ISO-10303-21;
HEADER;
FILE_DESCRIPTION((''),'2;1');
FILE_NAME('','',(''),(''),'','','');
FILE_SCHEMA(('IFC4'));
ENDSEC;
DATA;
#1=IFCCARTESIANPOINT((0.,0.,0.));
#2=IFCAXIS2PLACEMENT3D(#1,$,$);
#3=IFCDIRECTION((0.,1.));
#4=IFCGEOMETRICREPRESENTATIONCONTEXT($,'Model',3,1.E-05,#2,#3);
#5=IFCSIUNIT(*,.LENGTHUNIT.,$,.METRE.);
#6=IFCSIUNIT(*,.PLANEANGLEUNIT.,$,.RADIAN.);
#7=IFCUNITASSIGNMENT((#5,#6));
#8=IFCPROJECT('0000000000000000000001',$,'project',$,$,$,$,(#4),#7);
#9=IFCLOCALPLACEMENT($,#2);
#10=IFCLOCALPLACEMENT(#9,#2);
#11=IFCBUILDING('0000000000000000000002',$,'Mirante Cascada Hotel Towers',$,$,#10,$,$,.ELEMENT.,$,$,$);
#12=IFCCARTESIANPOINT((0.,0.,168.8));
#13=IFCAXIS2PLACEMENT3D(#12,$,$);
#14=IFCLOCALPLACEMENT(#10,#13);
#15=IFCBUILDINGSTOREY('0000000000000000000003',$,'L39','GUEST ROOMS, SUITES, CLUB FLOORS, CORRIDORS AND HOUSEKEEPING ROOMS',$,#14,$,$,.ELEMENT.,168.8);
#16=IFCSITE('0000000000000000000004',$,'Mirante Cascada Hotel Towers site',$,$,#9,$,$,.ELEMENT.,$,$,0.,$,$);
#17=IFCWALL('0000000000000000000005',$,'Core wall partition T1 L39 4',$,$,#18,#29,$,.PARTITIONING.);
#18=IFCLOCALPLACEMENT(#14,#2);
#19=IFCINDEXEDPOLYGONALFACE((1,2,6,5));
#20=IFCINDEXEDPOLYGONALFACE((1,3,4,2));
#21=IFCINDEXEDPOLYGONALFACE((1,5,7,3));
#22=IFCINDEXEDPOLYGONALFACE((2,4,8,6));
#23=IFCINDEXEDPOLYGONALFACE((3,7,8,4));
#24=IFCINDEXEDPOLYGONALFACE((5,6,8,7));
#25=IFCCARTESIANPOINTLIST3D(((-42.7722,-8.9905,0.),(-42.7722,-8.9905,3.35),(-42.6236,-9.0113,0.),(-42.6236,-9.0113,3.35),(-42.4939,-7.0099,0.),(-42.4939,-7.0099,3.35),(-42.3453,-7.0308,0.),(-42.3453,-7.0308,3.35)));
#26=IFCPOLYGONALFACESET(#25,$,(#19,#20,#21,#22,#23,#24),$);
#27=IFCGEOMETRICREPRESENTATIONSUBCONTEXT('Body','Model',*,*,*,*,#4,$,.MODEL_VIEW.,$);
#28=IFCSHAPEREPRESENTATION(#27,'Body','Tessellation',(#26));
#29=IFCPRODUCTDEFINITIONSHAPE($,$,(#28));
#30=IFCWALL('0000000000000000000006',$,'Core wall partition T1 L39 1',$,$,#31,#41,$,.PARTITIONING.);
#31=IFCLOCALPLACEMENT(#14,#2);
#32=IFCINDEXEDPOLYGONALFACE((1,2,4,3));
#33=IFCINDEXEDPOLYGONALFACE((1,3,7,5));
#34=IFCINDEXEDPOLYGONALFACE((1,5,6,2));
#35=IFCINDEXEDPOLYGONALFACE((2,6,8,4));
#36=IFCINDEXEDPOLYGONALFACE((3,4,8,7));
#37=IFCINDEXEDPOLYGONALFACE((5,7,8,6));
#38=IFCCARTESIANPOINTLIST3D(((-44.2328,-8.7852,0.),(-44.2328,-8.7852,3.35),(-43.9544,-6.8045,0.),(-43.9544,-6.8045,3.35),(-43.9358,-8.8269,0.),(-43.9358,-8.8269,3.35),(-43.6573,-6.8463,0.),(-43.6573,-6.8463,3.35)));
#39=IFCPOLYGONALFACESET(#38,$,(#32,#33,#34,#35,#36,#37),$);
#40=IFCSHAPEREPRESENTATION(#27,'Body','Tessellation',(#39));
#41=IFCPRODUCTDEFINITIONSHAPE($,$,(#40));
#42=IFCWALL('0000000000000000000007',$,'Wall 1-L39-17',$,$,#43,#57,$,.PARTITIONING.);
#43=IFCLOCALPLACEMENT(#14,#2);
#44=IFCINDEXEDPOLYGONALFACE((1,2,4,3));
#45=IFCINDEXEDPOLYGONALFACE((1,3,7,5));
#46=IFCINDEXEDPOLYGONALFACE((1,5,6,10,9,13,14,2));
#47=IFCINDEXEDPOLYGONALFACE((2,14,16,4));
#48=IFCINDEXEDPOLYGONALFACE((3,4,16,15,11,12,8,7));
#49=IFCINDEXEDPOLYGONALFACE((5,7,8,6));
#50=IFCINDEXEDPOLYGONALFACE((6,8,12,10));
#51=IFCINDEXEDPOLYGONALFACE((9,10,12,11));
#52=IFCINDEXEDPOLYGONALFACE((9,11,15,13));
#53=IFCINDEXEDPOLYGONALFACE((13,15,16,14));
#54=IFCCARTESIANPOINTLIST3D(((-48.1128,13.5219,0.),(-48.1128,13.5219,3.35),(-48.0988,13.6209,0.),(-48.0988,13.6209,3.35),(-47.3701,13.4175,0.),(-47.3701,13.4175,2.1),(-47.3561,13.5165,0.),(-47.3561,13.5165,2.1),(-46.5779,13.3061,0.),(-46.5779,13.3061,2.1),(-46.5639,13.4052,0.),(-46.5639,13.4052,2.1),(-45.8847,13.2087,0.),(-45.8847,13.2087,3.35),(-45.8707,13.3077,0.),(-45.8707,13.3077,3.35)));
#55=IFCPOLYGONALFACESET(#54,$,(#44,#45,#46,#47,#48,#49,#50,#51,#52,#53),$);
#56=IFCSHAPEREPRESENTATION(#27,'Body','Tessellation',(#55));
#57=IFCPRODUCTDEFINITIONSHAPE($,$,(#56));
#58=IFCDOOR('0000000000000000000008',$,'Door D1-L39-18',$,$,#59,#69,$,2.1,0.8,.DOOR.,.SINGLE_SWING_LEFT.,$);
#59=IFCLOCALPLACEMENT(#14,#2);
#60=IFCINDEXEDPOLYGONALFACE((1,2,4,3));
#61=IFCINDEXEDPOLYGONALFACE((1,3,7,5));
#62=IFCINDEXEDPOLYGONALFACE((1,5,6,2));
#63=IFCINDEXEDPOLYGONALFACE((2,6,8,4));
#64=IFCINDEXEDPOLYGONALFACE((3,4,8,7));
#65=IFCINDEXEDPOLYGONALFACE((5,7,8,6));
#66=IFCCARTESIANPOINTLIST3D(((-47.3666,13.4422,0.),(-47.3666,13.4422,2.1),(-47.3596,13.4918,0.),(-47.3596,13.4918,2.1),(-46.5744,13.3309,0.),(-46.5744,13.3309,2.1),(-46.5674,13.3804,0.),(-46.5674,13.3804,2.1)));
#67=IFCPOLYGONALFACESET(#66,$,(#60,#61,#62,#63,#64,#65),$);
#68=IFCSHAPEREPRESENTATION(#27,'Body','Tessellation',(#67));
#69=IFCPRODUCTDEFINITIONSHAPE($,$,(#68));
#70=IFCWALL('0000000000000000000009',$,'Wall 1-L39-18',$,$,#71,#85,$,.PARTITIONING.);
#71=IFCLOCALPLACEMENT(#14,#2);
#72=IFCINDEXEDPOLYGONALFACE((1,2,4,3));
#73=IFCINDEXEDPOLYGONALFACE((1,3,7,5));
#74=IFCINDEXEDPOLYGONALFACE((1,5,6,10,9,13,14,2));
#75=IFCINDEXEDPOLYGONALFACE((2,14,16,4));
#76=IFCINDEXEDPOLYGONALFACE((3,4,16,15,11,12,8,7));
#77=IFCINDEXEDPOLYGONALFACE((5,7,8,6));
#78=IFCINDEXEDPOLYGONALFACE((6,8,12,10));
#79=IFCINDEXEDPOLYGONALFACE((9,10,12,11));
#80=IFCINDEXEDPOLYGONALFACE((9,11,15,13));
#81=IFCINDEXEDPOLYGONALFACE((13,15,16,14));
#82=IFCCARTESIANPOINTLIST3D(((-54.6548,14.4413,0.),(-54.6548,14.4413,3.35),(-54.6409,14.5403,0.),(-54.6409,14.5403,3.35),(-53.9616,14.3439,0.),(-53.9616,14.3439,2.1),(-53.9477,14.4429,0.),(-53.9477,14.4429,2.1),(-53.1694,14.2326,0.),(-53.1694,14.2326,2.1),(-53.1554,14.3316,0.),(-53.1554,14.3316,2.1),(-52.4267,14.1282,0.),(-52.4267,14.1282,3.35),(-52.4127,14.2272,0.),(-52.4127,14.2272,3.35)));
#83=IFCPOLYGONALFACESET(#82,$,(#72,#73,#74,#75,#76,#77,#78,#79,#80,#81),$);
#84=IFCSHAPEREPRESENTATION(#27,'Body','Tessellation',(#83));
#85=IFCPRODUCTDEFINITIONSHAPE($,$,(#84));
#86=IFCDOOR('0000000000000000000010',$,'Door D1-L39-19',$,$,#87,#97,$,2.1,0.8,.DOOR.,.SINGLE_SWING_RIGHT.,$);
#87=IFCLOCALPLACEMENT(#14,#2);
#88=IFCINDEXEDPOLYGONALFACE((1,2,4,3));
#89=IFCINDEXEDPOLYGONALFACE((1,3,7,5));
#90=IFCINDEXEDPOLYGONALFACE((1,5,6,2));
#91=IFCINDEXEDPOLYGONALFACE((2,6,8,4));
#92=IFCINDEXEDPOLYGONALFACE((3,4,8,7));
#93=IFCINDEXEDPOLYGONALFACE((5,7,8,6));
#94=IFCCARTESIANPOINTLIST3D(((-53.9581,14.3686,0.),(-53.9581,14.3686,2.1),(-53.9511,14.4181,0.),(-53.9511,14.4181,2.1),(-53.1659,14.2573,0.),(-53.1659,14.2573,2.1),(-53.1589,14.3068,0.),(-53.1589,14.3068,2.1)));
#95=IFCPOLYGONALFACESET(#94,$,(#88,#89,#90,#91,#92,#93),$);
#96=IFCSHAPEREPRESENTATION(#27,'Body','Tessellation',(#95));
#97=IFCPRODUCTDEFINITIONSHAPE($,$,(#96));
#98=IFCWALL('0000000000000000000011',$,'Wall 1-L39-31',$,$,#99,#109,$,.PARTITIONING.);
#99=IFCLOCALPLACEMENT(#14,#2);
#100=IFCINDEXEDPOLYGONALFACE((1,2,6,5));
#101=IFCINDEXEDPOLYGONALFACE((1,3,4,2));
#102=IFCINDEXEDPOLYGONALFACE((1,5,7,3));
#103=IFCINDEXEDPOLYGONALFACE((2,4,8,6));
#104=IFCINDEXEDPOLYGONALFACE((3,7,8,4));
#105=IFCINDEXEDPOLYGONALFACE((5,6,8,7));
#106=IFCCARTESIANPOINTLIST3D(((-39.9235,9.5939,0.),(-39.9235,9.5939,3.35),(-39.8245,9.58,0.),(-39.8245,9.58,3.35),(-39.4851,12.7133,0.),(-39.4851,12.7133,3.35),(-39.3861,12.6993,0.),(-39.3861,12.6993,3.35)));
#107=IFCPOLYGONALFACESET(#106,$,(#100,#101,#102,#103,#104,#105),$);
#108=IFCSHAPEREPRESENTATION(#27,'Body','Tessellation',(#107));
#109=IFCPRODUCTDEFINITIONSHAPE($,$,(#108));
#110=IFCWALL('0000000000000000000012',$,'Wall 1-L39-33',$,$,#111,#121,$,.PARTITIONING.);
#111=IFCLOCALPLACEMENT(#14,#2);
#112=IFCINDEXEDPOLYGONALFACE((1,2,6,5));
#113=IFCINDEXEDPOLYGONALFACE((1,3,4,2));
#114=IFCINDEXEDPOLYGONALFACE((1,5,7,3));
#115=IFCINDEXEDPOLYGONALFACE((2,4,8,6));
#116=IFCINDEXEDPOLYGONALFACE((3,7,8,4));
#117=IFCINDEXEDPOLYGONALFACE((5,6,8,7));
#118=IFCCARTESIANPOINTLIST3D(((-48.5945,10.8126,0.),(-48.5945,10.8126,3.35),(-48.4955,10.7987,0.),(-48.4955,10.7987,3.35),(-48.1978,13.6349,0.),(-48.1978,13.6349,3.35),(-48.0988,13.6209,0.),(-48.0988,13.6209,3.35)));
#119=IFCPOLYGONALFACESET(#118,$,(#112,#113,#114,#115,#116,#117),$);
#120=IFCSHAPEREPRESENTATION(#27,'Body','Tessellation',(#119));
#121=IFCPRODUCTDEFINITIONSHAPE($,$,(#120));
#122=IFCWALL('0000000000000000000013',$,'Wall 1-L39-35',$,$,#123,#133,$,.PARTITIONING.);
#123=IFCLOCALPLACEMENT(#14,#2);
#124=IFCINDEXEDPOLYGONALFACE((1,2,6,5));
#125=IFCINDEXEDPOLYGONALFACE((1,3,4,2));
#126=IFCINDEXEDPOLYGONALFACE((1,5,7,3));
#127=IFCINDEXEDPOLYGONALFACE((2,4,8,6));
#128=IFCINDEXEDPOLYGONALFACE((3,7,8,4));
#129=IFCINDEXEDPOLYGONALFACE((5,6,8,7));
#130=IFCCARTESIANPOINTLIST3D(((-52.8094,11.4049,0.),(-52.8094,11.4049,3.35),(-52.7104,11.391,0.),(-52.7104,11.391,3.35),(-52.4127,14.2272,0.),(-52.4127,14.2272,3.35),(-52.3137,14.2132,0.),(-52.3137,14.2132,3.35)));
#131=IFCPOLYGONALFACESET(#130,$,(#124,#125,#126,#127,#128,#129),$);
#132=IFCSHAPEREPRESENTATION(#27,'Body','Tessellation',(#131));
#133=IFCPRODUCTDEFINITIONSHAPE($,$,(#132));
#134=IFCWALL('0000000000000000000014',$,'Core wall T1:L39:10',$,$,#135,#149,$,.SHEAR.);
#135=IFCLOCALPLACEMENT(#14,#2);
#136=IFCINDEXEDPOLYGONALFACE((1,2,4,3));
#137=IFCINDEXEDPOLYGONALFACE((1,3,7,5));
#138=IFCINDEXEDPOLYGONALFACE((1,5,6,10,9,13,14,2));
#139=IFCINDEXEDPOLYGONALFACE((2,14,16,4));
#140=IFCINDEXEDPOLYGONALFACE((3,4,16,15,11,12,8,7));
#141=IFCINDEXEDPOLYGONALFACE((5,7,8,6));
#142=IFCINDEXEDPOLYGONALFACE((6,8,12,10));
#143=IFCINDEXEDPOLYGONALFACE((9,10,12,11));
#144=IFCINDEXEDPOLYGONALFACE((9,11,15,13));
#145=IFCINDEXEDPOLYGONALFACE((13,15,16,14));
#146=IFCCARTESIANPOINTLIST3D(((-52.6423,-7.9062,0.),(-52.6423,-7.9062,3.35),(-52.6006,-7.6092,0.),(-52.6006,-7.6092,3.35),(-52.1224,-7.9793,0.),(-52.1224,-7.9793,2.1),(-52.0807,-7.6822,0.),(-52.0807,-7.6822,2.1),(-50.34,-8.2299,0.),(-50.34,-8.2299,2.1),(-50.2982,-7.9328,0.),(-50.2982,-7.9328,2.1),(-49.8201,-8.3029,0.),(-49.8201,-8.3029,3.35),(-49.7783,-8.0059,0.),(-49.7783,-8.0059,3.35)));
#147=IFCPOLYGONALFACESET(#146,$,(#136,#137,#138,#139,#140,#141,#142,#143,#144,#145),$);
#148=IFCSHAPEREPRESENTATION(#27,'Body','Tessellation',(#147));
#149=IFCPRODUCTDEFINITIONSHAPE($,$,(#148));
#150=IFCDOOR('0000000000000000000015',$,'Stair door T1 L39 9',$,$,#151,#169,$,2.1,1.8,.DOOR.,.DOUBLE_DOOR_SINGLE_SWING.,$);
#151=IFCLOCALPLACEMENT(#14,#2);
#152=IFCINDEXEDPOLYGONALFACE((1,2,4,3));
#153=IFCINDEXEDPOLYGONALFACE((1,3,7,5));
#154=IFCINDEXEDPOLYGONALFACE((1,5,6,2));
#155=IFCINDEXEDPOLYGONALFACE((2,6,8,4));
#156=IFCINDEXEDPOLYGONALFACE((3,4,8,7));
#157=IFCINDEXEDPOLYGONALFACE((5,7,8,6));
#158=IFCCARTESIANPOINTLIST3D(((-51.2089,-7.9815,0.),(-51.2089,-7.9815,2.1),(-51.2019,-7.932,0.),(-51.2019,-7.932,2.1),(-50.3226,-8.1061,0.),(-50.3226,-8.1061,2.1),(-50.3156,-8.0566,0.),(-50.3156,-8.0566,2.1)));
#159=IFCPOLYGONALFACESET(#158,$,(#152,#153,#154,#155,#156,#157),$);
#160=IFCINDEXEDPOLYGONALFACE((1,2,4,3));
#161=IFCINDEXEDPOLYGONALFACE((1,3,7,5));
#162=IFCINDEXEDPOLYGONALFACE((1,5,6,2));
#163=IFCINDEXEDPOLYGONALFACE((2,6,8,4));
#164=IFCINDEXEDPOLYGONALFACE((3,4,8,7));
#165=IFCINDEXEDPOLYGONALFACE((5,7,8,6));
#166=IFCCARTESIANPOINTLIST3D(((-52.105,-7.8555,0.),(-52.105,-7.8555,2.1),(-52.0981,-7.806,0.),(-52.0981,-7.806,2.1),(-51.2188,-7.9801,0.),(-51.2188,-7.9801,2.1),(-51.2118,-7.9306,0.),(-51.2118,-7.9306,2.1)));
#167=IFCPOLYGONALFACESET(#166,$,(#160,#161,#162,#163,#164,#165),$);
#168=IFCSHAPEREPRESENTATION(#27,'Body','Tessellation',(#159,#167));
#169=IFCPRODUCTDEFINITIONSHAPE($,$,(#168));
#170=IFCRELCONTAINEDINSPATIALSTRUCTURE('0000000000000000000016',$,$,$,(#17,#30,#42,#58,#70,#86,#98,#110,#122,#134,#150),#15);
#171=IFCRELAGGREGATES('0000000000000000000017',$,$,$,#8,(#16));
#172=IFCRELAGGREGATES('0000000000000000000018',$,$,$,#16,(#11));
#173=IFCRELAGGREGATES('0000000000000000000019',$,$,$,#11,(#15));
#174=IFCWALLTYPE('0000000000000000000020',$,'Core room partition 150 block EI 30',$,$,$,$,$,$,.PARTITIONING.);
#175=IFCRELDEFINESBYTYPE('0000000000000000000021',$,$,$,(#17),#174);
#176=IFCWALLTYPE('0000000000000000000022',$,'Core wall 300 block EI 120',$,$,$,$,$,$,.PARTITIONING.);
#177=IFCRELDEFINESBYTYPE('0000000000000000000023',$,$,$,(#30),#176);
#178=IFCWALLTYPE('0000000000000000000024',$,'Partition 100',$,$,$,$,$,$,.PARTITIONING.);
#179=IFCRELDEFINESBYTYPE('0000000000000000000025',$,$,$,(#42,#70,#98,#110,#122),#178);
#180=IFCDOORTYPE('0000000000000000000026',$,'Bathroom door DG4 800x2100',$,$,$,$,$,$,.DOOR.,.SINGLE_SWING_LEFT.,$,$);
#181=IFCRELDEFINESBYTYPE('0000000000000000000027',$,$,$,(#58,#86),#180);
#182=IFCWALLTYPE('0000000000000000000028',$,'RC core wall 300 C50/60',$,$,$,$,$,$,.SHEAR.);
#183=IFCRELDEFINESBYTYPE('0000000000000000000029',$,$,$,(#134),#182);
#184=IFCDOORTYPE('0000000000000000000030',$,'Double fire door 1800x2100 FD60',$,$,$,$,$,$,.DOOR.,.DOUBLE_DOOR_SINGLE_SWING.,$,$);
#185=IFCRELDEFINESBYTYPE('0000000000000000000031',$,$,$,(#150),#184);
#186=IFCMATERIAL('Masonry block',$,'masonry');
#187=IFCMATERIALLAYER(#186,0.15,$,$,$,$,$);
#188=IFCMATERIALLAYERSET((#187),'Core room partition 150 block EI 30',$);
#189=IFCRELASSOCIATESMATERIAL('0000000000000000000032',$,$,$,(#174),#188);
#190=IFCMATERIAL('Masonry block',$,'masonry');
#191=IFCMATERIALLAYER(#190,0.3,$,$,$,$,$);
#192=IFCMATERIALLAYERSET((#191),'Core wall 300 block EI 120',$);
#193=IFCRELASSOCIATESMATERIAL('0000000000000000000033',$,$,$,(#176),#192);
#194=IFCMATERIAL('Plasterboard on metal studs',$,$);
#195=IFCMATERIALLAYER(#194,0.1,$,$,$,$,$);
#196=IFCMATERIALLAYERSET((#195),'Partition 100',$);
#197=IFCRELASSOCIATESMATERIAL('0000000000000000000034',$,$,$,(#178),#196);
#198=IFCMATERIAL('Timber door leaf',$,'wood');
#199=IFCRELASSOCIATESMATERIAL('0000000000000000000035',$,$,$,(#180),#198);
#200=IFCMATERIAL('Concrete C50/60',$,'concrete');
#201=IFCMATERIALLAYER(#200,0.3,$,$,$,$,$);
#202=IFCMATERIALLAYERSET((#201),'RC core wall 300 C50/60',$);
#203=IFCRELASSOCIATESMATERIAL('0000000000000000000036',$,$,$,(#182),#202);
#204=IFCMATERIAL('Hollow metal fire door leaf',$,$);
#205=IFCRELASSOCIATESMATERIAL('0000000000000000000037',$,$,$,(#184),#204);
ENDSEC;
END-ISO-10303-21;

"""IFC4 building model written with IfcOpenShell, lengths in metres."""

from ifc_helpers import new_model, si_unit, direction, frame, frame_2d, origin, place, context, subcontext, project, spatial, rectangle, extrude, material, layer, layer_set, type_object, element, fill, save


model = new_model("IFC4")

# Units and contexts
model_context = context("Model", 3, precision=1e-05, world=origin(), true_north=direction((0.0, 1.0)))
body_context = subcontext(model_context, "Body", "Model", "MODEL_VIEW")
ifc_project = project(units=[si_unit("LENGTHUNIT", "METRE"), si_unit("PLANEANGLEUNIT", "RADIAN")], contexts=[model_context])

# Site, building, storey
site_placement = place(None, origin())
site = spatial("IfcSite", under=ifc_project, at=site_placement, Name="Mirante Cascada Hotel Towers site", CompositionType="ELEMENT", RefElevation=0.0)
building_placement = place(site_placement, origin())
building = spatial("IfcBuilding", under=site, at=building_placement, Name="Mirante Cascada Hotel Towers", CompositionType="ELEMENT")
storey_placement = place(building_placement, frame((0.0, 0.0, 168.8)))
storey = spatial("IfcBuildingStorey", under=building, at=storey_placement, Name="L39", Description="GUEST ROOMS, SUITES, CLUB FLOORS, CORRIDORS AND HOUSEKEEPING ROOMS", CompositionType="ELEMENT", Elevation=168.8)

# Walls
ifc_material_1 = material(Name="Masonry block", Category="masonry")
ifc_layer_1 = layer(ifc_material_1, 0.15)
ifc_layer_set_1 = layer_set([ifc_layer_1], Name="Core room partition 150 block EI 30")
wall_type_1 = type_object("IfcWallType", Name="Core room partition 150 block EI 30", PredefinedType="PARTITIONING", material=ifc_layer_set_1)
wall_1_placement = place(storey_placement, frame((-42.6979, -9.0009, 0.0), z_axis=(0.0, 0.0, 1.0), x_axis=(0.139153, 0.990271, 0.0)))
element("IfcWall", 1, at=wall_1_placement, inside=storey, type_object=wall_type_1, Name="Core wall partition T1 L39 4", PredefinedType="PARTITIONING", context=body_context, shape_type="SweptSolid", body=[
    extrude(rectangle(XDim=2.0, YDim=0.15, at=frame_2d((1.0, 0.0))), origin(), (0.0, 0.0, 1.0), 3.35),
])
ifc_material_2 = material(Name="Masonry block", Category="masonry")
ifc_layer_2 = layer(ifc_material_2, 0.3)
ifc_layer_set_2 = layer_set([ifc_layer_2], Name="Core wall 300 block EI 120")
wall_type_2 = type_object("IfcWallType", Name="Core wall 300 block EI 120", PredefinedType="PARTITIONING", material=ifc_layer_set_2)
wall_2_placement = place(storey_placement, frame((-44.0843, -8.8061, 0.0), z_axis=(0.0, 0.0, 1.0), x_axis=(0.139195, 0.990265, 0.0)))
element("IfcWall", 2, at=wall_2_placement, inside=storey, type_object=wall_type_2, Name="Core wall partition T1 L39 1", PredefinedType="PARTITIONING", context=body_context, shape_type="SweptSolid", body=[
    extrude(rectangle(XDim=2.0001, YDim=0.3, at=frame_2d((1.0001, 0.0))), origin(), (0.0, 0.0, 1.0), 3.35),
])

# Walls, openings, doors
ifc_material_3 = material(Name="Plasterboard on metal studs")
ifc_layer_3 = layer(ifc_material_3, 0.1)
ifc_layer_set_3 = layer_set([ifc_layer_3], Name="Partition 100")
wall_type_3 = type_object("IfcWallType", Name="Partition 100", PredefinedType="PARTITIONING", material=ifc_layer_set_3)
wall_3_placement = place(storey_placement, frame((-48.1058, 13.5714, 0.0), z_axis=(0.0, 0.0, 1.0), x_axis=(0.990264, -0.1392, 0.0)))
wall_3 = element("IfcWall", 3, at=wall_3_placement, inside=storey, type_object=wall_type_3, Name="Wall 1-L39-17", PredefinedType="PARTITIONING", context=body_context, shape_type="SweptSolid", body=[
    extrude(rectangle(XDim=2.25, YDim=0.1, at=frame_2d((1.125, 0.0))), origin(), (0.0, 0.0, 1.0), 3.35),
])
opening_1_placement = place(wall_3_placement, frame((0.75, 0.0, 0.0)))
opening_1 = element("IfcOpeningElement", 4, at=opening_1_placement, cuts=wall_3, PredefinedType="OPENING", context=body_context, shape_type="SweptSolid", body=[
    extrude(rectangle(XDim=0.8, YDim=2.1, at=frame_2d((0.4, 1.05))), frame((0.0, 0.05, 0.0), z_axis=(0.0, -1.0, 0.0), x_axis=(1.0, 0.0, 0.0)), (0.0, 0.0, 1.0), 0.1),
])
ifc_material_4 = material(Name="Timber door leaf", Category="wood")
door_type_1 = type_object("IfcDoorType", Name="Bathroom door DG4 800x2100", OperationType="SINGLE_SWING_LEFT", PredefinedType="DOOR", material=ifc_material_4)
door_1_placement = place(opening_1_placement, origin())
door_1 = element("IfcDoor", 5, at=door_1_placement, inside=storey, type_object=door_type_1, Name="Door D1-L39-18", OperationType="SINGLE_SWING_LEFT", OverallHeight=2.1, OverallWidth=0.8, PredefinedType="DOOR", context=body_context, shape_type="SweptSolid", body=[
    extrude(rectangle(XDim=0.8, YDim=2.1, at=frame_2d((0.4, 1.05))), frame((0.0, 0.025, 0.0), z_axis=(0.0, -1.0, 0.0), x_axis=(1.0, 0.0, 0.0)), (0.0, 0.0, 1.0), 0.05),
])
fill(opening_1, door_1)
wall_4_placement = place(storey_placement, frame((-52.4197, 14.1777, 0.0), z_axis=(0.0, 0.0, 1.0), x_axis=(-0.990271, 0.139156, 0.0)))
wall_4 = element("IfcWall", 6, at=wall_4_placement, inside=storey, type_object=wall_type_3, Name="Wall 1-L39-18", PredefinedType="PARTITIONING", context=body_context, shape_type="SweptSolid", body=[
    extrude(rectangle(XDim=2.25, YDim=0.1, at=frame_2d((1.125, 0.0))), origin(), (0.0, 0.0, 1.0), 3.35),
])
opening_2_placement = place(wall_4_placement, frame((0.75, 0.0, 0.0)))
opening_2 = element("IfcOpeningElement", 7, at=opening_2_placement, cuts=wall_4, PredefinedType="OPENING", context=body_context, shape_type="SweptSolid", body=[
    extrude(rectangle(XDim=0.8, YDim=2.1, at=frame_2d((0.4, 1.05))), frame((0.0, 0.05, 0.0), z_axis=(0.0, -1.0, 0.0), x_axis=(1.0, 0.0, 0.0)), (0.0, 0.0, 1.0), 0.1),
])
door_2_placement = place(opening_2_placement, frame((0.8, 0.0, 0.0), z_axis=(0.0, 0.0, 1.0), x_axis=(-1.0, 0.0, 0.0)))
door_2 = element("IfcDoor", 8, at=door_2_placement, inside=storey, type_object=door_type_1, Name="Door D1-L39-19", OperationType="SINGLE_SWING_RIGHT", OverallHeight=2.1, OverallWidth=0.8, PredefinedType="DOOR", context=body_context, shape_type="SweptSolid", body=[
    extrude(rectangle(XDim=0.8, YDim=2.1, at=frame_2d((0.4, 1.05))), frame((0.0, 0.025, 0.0), z_axis=(0.0, -1.0, 0.0), x_axis=(1.0, 0.0, 0.0)), (0.0, 0.0, 1.0), 0.05),
])
fill(opening_2, door_2)

# Walls
wall_5_placement = place(storey_placement, frame((-39.4356, 12.7063, 0.0), z_axis=(0.0, 0.0, 1.0), x_axis=(-0.139177, -0.990268, 0.0)))
element("IfcWall", 9, at=wall_5_placement, inside=storey, type_object=wall_type_3, Name="Wall 1-L39-31", PredefinedType="PARTITIONING", context=body_context, shape_type="SweptSolid", body=[
    extrude(rectangle(XDim=3.15, YDim=0.1, at=frame_2d((1.575, 0.0))), origin(), (0.0, 0.0, 1.0), 3.35),
])
for number, where, z_axis, x_axis, name in (
    (10, (-48.1483, 13.6279, 0.0), (0.0, 0.0, 1.0), (-0.139191, -0.990266, 0.0), "Wall 1-L39-33"),
    (11, (-52.3632, 14.2202, 0.0), (0.0, 0.0, 1.0), (-0.139191, -0.990266, 0.0), "Wall 1-L39-35"),
):
    element("IfcWall", number, at=place(storey_placement, frame(where, z_axis=z_axis, x_axis=x_axis)), inside=storey, type_object=wall_type_3, Name=name, PredefinedType="PARTITIONING", context=body_context, shape_type="SweptSolid", body=[
        extrude(rectangle(XDim=2.85, YDim=0.1, at=frame_2d((1.425, 0.0))), origin(), (0.0, 0.0, 1.0), 3.35),
    ])

# Wall, opening, door
ifc_material_5 = material(Name="Concrete C50/60", Category="concrete")
ifc_layer_4 = layer(ifc_material_5, 0.3)
ifc_layer_set_4 = layer_set([ifc_layer_4], Name="RC core wall 300 C50/60")
wall_type_4 = type_object("IfcWallType", Name="RC core wall 300 C50/60", PredefinedType="SHEAR", material=ifc_layer_set_4)
wall_6_placement = place(storey_placement, frame((-49.7992, -8.1544, 0.0), z_axis=(0.0, 0.0, 1.0), x_axis=(-0.990266, 0.139191, 0.0)))
wall_6 = element("IfcWall", 12, at=wall_6_placement, inside=storey, type_object=wall_type_4, Name="Core wall T1:L39:10", PredefinedType="SHEAR", context=body_context, shape_type="SweptSolid", body=[
    extrude(rectangle(XDim=2.85, YDim=0.3, at=frame_2d((1.425, 0.0))), origin(), (0.0, 0.0, 1.0), 3.35),
])
opening_3_placement = place(wall_6_placement, frame((0.525, 0.0, 0.0)))
opening_3 = element("IfcOpeningElement", 13, at=opening_3_placement, cuts=wall_6, PredefinedType="OPENING", context=body_context, shape_type="SweptSolid", body=[
    extrude(rectangle(XDim=1.8, YDim=2.1, at=frame_2d((0.9, 1.05))), frame((0.0, 0.15, 0.0), z_axis=(0.0, -1.0, 0.0), x_axis=(1.0, 0.0, 0.0)), (0.0, 0.0, 1.0), 0.3),
])
ifc_material_6 = material(Name="Hollow metal fire door leaf")
door_type_2 = type_object("IfcDoorType", Name="Double fire door 1800x2100 FD60", OperationType="DOUBLE_DOOR_SINGLE_SWING", PredefinedType="DOOR", material=ifc_material_6)
door_3_placement = place(opening_3_placement, origin())
door_3 = element("IfcDoor", 14, at=door_3_placement, inside=storey, type_object=door_type_2, Name="Stair door T1 L39 9", OperationType="DOUBLE_DOOR_SINGLE_SWING", OverallHeight=2.1, OverallWidth=1.8, PredefinedType="DOOR", context=body_context, shape_type="SweptSolid", body=[
    extrude(rectangle(XDim=0.895, YDim=2.1, at=frame_2d((0.4475, 1.05))), frame((0.0, 0.025, 0.0), z_axis=(0.0, -1.0, 0.0), x_axis=(1.0, 0.0, 0.0)), (0.0, 0.0, 1.0), 0.05),
    extrude(rectangle(XDim=0.895, YDim=2.1, at=frame_2d((1.3525, 1.05))), frame((0.0, 0.025, 0.0), z_axis=(0.0, -1.0, 0.0), x_axis=(1.0, 0.0, 0.0)), (0.0, 0.0, 1.0), 0.05),
])
fill(opening_3, door_3)

save(model, "model.ifc")
